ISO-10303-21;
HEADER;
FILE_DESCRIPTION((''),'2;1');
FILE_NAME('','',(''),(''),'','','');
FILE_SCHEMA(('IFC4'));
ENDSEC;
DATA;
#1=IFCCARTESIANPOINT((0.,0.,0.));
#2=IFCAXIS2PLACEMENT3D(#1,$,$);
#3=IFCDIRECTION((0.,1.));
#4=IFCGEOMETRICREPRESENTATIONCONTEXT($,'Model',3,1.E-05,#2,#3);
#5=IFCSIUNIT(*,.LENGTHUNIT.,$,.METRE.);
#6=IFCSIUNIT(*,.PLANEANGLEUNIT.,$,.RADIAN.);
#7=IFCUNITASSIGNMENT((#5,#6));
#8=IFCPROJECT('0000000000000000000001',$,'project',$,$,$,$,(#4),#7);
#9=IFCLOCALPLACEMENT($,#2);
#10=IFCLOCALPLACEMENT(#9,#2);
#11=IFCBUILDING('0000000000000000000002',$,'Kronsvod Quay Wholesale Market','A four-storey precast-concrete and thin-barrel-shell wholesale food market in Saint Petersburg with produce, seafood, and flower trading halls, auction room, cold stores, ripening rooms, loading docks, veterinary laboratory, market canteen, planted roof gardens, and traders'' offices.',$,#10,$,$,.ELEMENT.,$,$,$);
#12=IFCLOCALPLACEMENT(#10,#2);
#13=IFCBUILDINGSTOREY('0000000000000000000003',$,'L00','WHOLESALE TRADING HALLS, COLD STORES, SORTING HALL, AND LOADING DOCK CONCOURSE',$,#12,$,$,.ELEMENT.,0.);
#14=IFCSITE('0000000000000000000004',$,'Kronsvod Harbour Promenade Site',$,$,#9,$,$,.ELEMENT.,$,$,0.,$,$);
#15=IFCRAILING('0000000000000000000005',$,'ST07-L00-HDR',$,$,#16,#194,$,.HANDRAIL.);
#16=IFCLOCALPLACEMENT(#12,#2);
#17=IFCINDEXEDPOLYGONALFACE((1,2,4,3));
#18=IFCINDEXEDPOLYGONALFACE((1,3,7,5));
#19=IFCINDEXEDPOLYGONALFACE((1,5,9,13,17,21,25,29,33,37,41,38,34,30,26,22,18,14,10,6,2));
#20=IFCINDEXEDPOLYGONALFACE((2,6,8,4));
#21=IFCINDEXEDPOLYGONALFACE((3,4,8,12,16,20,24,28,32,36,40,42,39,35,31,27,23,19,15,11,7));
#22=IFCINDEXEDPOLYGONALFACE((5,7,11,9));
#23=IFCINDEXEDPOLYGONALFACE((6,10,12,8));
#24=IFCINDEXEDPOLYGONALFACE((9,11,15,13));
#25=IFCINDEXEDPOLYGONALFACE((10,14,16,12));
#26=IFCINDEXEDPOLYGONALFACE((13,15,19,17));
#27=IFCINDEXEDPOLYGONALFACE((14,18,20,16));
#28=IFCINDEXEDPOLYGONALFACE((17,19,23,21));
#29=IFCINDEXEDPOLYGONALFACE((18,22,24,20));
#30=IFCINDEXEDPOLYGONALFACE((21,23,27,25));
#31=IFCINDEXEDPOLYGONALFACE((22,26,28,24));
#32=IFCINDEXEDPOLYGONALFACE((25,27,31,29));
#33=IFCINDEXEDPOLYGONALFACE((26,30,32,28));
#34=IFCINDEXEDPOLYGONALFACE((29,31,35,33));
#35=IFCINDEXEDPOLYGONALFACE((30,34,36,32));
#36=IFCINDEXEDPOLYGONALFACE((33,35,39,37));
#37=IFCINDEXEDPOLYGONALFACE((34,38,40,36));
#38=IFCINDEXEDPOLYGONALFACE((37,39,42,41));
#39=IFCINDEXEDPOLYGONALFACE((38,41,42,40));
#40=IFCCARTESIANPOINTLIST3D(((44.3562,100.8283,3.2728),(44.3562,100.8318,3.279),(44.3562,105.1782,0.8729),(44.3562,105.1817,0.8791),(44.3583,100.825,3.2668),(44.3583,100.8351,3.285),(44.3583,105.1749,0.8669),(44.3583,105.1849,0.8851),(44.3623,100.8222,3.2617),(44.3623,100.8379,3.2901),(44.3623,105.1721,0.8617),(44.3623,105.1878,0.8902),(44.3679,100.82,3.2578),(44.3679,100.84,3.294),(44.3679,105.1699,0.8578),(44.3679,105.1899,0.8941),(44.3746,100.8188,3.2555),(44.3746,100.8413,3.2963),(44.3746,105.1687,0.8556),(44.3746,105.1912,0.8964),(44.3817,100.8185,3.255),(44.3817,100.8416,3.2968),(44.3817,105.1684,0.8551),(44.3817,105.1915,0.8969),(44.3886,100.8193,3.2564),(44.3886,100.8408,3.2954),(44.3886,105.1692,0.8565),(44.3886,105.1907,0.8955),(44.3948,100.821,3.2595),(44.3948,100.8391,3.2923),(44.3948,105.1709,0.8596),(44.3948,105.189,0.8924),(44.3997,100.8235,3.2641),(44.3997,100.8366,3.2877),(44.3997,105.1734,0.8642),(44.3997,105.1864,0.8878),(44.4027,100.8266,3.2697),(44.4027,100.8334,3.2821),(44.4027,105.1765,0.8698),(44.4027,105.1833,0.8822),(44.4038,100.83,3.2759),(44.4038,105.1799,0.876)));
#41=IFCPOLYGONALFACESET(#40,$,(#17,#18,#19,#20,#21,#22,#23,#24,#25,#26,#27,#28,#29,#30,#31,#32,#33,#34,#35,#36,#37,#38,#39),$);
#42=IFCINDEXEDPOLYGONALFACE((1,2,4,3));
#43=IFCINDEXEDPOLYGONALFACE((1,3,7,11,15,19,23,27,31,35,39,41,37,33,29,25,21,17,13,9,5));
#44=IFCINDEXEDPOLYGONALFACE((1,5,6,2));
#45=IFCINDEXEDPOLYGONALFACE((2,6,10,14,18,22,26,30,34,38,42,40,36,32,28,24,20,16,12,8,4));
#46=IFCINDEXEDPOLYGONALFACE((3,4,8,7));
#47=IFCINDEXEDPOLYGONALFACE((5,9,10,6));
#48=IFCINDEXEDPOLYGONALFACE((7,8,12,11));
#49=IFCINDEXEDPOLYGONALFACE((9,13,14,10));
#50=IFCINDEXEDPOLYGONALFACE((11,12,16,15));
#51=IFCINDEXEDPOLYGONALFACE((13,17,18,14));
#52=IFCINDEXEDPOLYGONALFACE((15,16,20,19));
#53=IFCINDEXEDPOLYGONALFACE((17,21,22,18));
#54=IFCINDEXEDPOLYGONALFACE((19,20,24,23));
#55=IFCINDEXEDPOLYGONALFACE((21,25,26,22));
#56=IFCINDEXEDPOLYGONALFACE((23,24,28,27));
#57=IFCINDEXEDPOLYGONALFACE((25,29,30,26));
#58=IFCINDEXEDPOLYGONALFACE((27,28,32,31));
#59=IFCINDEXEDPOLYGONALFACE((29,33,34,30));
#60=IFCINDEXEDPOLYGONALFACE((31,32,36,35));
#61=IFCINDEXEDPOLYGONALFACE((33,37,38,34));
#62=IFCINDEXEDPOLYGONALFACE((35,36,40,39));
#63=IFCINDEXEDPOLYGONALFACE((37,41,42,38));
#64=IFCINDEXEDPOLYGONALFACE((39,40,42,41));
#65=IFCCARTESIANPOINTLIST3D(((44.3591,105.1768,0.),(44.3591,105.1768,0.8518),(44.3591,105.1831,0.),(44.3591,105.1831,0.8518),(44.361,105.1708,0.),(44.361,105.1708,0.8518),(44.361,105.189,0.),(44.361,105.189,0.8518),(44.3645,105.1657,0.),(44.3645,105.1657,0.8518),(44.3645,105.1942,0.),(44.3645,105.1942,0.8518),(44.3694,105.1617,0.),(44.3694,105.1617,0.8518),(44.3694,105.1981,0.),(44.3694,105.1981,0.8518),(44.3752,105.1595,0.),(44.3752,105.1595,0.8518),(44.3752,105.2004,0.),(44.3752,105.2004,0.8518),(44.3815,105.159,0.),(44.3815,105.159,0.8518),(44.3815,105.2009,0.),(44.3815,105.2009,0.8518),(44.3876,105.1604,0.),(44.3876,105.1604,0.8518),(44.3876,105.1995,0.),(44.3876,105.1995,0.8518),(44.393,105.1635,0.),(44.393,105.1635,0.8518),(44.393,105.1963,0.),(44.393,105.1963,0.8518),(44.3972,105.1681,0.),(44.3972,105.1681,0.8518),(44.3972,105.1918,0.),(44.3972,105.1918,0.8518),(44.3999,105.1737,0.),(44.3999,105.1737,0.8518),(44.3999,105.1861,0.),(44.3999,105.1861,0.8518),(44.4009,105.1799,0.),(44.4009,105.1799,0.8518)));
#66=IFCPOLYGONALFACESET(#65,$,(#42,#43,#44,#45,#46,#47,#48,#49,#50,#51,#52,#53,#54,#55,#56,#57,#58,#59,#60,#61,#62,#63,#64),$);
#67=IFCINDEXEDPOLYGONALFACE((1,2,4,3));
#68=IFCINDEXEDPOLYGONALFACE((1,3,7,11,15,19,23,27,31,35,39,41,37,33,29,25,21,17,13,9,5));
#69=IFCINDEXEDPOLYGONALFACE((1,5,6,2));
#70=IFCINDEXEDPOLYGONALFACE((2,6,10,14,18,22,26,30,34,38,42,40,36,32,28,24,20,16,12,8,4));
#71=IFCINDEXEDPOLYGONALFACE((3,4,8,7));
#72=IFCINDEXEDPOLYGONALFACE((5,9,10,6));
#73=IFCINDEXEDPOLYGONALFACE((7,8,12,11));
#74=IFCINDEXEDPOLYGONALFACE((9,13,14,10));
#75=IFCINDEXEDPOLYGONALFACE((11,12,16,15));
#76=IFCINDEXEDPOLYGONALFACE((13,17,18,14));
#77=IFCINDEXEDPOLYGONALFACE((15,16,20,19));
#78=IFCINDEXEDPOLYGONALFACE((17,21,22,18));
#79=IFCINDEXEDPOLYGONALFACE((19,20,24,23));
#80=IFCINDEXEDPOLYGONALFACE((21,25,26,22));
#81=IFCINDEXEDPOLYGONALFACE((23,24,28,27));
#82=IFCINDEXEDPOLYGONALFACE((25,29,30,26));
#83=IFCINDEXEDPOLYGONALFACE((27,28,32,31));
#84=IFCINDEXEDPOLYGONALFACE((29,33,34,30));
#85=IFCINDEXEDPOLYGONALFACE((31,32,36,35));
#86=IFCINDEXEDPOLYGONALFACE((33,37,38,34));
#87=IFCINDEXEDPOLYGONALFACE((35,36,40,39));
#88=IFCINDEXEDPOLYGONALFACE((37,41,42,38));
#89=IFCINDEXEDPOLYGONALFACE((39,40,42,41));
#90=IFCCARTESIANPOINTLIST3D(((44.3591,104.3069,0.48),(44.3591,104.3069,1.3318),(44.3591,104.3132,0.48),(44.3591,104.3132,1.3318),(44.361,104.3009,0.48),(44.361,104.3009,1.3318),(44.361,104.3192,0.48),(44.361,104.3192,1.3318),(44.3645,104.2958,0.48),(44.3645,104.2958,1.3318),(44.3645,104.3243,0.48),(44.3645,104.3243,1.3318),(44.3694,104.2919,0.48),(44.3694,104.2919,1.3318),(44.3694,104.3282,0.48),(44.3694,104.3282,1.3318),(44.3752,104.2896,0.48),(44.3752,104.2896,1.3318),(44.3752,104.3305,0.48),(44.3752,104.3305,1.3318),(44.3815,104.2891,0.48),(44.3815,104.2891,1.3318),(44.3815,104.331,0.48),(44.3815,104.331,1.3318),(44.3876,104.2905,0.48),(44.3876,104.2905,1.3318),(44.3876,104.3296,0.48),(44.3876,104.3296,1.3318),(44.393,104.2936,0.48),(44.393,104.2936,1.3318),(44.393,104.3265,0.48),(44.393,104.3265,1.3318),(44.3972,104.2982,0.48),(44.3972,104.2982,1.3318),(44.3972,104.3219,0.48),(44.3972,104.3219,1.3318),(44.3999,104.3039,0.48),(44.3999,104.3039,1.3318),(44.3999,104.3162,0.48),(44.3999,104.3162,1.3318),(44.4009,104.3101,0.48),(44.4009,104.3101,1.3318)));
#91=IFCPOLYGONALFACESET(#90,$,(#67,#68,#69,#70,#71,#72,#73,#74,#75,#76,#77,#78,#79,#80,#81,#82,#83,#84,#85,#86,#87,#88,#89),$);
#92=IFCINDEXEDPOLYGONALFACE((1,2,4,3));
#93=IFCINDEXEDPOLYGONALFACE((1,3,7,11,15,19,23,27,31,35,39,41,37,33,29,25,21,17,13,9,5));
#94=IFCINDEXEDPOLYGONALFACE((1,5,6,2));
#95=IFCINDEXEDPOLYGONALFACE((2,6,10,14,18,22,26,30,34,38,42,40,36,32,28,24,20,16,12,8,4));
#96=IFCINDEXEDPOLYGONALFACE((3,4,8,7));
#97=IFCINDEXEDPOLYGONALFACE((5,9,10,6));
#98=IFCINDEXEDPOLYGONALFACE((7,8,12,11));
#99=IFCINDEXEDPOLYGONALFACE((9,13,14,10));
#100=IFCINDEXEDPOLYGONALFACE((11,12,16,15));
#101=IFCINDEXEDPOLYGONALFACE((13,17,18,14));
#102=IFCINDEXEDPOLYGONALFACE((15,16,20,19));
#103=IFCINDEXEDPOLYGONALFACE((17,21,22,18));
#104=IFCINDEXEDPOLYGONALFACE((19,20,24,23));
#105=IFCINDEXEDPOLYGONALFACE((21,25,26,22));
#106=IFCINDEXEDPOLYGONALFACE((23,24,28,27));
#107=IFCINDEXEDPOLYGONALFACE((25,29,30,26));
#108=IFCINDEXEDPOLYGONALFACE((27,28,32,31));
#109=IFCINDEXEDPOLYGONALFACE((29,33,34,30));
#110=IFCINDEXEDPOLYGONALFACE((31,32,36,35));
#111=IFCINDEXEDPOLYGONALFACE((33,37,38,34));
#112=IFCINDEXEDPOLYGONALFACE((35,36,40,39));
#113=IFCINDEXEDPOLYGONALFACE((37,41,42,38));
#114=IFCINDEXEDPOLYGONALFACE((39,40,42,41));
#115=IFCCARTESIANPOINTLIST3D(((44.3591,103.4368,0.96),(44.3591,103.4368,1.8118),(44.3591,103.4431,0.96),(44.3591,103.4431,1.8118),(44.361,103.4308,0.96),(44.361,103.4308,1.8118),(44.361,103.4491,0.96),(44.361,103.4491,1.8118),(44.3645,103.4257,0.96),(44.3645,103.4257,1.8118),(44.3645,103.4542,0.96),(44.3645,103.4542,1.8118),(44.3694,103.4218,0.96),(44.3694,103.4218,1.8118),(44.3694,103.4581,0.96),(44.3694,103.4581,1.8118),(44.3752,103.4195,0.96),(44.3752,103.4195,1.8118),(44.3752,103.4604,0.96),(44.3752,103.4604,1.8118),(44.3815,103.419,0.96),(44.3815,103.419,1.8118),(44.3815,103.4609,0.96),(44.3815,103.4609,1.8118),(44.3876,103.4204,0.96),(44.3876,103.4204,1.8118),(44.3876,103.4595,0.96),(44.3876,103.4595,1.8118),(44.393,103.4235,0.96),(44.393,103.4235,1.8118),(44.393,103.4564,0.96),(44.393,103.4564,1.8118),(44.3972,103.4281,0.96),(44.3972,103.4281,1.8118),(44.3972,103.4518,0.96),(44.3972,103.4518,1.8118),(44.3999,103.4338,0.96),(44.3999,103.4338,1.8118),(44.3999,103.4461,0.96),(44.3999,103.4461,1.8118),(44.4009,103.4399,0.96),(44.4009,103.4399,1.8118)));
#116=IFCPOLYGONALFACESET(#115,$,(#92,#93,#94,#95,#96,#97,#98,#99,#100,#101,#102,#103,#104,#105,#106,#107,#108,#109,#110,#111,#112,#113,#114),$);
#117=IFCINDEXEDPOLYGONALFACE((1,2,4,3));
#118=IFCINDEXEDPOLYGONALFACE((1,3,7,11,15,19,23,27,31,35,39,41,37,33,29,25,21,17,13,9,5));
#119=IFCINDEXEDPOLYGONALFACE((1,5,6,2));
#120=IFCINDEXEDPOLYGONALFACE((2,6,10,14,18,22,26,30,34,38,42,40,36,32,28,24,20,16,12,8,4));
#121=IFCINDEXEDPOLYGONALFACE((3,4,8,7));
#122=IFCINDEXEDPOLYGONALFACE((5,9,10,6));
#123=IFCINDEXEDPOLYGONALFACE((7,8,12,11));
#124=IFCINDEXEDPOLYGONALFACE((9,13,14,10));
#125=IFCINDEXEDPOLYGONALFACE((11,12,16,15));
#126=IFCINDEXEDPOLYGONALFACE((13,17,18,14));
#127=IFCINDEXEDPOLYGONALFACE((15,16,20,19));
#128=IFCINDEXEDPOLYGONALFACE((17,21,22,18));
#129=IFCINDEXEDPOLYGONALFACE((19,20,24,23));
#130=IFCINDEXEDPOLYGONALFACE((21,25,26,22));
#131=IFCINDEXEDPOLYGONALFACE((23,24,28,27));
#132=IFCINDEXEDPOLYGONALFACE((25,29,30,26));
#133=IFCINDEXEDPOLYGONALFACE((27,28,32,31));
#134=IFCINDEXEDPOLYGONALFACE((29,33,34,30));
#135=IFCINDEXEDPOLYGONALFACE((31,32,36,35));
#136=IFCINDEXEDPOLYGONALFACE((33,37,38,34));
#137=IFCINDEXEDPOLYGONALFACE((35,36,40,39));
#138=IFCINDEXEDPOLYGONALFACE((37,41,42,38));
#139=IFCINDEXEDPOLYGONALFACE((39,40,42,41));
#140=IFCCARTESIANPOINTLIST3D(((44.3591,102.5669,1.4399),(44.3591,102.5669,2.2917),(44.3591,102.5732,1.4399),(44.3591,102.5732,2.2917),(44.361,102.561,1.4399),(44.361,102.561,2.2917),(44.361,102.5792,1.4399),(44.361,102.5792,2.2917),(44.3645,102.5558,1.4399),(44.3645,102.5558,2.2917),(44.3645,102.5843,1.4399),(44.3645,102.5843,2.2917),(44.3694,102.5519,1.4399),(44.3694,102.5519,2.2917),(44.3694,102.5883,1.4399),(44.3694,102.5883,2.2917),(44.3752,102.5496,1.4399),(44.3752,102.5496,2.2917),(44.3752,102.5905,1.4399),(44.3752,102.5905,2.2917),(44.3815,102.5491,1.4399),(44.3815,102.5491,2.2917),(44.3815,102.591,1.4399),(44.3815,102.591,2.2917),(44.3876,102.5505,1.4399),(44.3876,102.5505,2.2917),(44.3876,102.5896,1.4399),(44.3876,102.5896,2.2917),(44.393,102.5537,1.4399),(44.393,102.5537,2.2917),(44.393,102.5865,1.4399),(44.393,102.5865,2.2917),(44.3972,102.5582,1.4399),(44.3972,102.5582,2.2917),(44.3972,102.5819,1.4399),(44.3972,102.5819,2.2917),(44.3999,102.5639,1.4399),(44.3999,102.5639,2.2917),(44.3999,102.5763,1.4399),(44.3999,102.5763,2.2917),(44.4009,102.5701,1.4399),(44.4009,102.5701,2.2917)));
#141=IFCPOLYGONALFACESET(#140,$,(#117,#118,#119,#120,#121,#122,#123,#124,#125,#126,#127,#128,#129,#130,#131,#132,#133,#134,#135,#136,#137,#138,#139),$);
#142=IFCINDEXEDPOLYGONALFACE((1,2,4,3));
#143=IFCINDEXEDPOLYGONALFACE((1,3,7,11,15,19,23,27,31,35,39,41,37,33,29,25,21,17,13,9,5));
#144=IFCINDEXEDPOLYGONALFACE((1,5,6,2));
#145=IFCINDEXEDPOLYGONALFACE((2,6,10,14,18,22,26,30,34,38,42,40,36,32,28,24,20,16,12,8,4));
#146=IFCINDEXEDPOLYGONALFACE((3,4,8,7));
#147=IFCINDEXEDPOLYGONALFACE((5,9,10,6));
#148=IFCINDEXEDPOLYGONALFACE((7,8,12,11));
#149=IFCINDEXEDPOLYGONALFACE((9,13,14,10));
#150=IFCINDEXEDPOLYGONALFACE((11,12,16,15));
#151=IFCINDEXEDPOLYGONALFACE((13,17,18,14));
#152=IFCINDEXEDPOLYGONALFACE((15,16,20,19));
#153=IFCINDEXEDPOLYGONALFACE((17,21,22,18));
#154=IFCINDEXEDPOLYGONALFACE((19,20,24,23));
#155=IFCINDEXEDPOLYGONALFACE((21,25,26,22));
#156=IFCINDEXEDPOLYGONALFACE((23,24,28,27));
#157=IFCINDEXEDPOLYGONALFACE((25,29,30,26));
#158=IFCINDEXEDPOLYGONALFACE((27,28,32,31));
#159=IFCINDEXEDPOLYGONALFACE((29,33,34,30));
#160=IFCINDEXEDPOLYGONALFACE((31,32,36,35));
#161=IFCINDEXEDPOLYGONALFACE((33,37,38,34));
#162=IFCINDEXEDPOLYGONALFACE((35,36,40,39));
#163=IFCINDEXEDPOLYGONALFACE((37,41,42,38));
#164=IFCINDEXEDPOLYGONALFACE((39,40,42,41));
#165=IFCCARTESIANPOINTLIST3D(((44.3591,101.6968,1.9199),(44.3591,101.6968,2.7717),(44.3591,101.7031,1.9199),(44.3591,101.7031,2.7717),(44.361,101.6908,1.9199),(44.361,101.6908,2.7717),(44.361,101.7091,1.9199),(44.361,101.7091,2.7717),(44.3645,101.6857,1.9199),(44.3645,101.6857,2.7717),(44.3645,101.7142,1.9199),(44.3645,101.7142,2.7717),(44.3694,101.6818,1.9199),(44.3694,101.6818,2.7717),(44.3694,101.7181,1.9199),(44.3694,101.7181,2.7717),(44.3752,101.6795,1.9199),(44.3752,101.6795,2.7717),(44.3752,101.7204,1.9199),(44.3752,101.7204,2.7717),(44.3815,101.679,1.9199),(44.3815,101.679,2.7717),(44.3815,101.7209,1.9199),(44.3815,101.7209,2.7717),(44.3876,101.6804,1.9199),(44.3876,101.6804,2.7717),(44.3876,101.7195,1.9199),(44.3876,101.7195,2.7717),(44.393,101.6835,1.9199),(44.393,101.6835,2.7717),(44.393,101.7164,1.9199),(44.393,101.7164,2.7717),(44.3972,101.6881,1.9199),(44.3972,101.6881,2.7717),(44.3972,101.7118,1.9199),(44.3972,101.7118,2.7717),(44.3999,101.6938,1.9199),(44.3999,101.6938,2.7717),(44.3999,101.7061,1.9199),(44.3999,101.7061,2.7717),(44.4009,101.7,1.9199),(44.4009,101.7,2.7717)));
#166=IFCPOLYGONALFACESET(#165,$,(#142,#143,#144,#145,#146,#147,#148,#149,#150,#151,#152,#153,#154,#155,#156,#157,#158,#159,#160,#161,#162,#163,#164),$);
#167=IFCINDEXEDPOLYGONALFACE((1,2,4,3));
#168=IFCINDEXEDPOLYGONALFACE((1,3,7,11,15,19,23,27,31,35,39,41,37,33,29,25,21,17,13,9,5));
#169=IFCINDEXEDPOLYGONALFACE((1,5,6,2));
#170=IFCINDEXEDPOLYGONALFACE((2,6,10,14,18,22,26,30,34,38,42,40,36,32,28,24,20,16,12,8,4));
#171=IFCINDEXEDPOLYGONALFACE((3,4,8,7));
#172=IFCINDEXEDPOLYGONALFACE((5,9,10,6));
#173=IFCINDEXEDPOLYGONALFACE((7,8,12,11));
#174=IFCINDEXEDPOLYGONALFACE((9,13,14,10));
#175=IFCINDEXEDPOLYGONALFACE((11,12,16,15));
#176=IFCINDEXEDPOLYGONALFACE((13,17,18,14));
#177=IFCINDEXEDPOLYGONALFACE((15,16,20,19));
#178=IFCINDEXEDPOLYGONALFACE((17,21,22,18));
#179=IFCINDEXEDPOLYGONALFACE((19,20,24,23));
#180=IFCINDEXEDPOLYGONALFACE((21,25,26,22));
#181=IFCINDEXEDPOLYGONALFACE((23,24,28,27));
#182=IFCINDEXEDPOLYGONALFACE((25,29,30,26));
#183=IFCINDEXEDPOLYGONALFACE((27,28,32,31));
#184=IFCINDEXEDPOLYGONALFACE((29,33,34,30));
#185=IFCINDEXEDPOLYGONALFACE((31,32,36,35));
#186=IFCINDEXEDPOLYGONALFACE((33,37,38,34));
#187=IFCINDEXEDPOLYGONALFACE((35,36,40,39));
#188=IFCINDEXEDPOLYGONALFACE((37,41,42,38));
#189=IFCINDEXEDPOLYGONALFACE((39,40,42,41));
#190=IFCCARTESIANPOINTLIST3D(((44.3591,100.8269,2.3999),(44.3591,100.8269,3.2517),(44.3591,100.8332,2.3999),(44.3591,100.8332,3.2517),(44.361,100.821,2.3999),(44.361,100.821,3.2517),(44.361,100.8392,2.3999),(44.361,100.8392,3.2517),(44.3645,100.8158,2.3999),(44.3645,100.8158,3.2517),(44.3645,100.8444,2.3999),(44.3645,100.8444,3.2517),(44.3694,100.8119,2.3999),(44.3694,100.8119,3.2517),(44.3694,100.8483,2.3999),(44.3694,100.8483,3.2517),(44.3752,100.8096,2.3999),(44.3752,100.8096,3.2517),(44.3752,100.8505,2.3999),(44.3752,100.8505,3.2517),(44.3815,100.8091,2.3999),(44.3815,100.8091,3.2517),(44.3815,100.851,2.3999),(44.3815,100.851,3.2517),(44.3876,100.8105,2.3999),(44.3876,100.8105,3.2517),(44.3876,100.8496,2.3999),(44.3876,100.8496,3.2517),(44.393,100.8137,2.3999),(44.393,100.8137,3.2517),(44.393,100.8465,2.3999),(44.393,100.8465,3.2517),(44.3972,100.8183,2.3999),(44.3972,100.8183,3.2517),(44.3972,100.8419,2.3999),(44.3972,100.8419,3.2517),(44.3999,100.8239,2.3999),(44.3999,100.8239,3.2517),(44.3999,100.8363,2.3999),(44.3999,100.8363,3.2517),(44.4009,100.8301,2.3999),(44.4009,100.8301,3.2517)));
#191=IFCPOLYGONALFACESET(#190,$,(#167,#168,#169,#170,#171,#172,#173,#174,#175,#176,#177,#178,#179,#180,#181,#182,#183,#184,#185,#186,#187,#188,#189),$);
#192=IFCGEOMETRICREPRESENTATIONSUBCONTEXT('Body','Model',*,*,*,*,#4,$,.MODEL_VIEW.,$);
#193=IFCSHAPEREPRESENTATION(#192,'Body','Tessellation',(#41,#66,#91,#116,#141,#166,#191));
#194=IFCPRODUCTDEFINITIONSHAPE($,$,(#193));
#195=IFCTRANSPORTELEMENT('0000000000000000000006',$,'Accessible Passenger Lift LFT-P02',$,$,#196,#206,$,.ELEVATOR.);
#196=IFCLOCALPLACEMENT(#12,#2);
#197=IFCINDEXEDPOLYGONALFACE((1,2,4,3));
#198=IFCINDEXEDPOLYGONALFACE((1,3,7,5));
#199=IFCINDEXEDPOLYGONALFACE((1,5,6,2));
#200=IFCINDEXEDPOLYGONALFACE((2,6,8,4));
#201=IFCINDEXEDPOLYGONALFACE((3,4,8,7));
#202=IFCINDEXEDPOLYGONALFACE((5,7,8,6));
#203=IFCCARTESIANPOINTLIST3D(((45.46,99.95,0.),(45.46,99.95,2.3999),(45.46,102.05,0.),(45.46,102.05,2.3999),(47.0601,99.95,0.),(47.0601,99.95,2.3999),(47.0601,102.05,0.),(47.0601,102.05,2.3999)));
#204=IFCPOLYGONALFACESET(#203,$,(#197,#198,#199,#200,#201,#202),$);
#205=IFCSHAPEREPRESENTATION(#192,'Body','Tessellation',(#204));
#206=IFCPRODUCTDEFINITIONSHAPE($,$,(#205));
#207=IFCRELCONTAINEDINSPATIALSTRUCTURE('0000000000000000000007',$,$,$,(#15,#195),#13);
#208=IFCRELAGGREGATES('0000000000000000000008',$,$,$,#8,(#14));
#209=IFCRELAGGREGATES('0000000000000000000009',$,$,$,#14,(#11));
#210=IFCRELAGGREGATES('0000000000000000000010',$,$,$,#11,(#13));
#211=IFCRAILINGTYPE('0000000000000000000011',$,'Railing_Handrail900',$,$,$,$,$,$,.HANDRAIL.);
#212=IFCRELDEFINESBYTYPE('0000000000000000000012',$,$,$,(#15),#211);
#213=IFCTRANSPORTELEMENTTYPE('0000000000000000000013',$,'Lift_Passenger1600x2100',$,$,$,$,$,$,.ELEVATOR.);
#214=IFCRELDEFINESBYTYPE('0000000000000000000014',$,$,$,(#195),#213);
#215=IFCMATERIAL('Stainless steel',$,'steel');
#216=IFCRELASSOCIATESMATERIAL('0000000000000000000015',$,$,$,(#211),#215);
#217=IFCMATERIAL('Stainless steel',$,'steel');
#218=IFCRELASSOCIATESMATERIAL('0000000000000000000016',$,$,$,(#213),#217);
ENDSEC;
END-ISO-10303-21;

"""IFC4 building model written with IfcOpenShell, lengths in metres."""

from ifc_helpers import new_model, si_unit, direction, frame, origin, origin_2d, place, context, subcontext, project, spatial, rectangle, circle, extrude, material, type_object, element, save


model = new_model("IFC4")

# Units and contexts
model_context = context("Model", 3, precision=1e-05, world=origin(), true_north=direction((0.0, 1.0)))
body_context = subcontext(model_context, "Body", "Model", "MODEL_VIEW")
ifc_project = project(units=[si_unit("LENGTHUNIT", "METRE"), si_unit("PLANEANGLEUNIT", "RADIAN")], contexts=[model_context])

# Site, building, storey
site_placement = place(None, origin())
site = spatial("IfcSite", under=ifc_project, at=site_placement, Name="Kronsvod Harbour Promenade Site", CompositionType="ELEMENT", RefElevation=0.0)
building_placement = place(site_placement, origin())
building = spatial("IfcBuilding", under=site, at=building_placement, Name="Kronsvod Quay Wholesale Market", Description="A four-storey precast-concrete and thin-barrel-shell wholesale food market in Saint Petersburg with produce, seafood, and flower trading halls, auction room, cold stores, ripening rooms, loading docks, veterinary laboratory, market canteen, planted roof gardens, and traders' offices.", CompositionType="ELEMENT")
storey_placement = place(building_placement, origin())
storey = spatial("IfcBuildingStorey", under=building, at=storey_placement, Name="L00", Description="WHOLESALE TRADING HALLS, COLD STORES, SORTING HALL, AND LOADING DOCK CONCOURSE", CompositionType="ELEMENT", Elevation=0.0)

# Railing
ifc_material_1 = material(Name="Stainless steel", Category="steel")
railing_type_1 = type_object("IfcRailingType", Name="Railing_Handrail900", PredefinedType="HANDRAIL", material=ifc_material_1)
railing_1_placement = place(storey_placement, frame((44.3799, 105.1799, 0.0)))
element("IfcRailing", 1, at=railing_1_placement, inside=storey, type_object=railing_type_1, Name="ST07-L00-HDR", PredefinedType="HANDRAIL", context=body_context, shape_type="SweptSolid", body=[
    extrude(circle(Radius=0.0239, at=origin_2d()), frame((0.0, 0.0, 0.876), z_axis=(0.0, -0.875579, 0.483075), x_axis=(1.0, 0.0, 0.0)), (0.0, 0.0, 1.0), 4.968),
    extrude(circle(Radius=0.021, at=origin_2d()), origin(), (0.0, 0.0, 1.0), 0.8518),
    extrude(circle(Radius=0.021, at=origin_2d()), frame((0.0, -0.8699, 0.48)), (0.0, 0.0, 1.0), 0.8518),
    extrude(circle(Radius=0.021, at=origin_2d()), frame((0.0, -1.74, 0.96)), (0.0, 0.0, 1.0), 0.8518),
    extrude(circle(Radius=0.021, at=origin_2d()), frame((0.0, -2.6099, 1.4399)), (0.0, 0.0, 1.0), 0.8518),
    extrude(circle(Radius=0.021, at=origin_2d()), frame((0.0, -3.48, 1.9199)), (0.0, 0.0, 1.0), 0.8518),
    extrude(circle(Radius=0.021, at=origin_2d()), frame((0.0, -4.3499, 2.3999)), (0.0, 0.0, 1.0), 0.8518),
])

# Transport element
ifc_material_2 = material(Name="Stainless steel", Category="steel")
transport_element_type = type_object("IfcTransportElementType", Name="Lift_Passenger1600x2100", PredefinedType="ELEVATOR", material=ifc_material_2)
transport_element_placement = place(storey_placement, frame((46.26, 101.0, 0.0), z_axis=(0.0, 0.0, 1.0), x_axis=(1.0, 0.0, 0.0)))
element("IfcTransportElement", 2, at=transport_element_placement, inside=storey, type_object=transport_element_type, Name="Accessible Passenger Lift LFT-P02", PredefinedType="ELEVATOR", context=body_context, shape_type="SweptSolid", body=[
    extrude(rectangle(XDim=1.6001, YDim=2.1001, at=origin_2d()), origin(), (0.0, 0.0, 1.0), 2.3999),
])

save(model, "model.ifc")
